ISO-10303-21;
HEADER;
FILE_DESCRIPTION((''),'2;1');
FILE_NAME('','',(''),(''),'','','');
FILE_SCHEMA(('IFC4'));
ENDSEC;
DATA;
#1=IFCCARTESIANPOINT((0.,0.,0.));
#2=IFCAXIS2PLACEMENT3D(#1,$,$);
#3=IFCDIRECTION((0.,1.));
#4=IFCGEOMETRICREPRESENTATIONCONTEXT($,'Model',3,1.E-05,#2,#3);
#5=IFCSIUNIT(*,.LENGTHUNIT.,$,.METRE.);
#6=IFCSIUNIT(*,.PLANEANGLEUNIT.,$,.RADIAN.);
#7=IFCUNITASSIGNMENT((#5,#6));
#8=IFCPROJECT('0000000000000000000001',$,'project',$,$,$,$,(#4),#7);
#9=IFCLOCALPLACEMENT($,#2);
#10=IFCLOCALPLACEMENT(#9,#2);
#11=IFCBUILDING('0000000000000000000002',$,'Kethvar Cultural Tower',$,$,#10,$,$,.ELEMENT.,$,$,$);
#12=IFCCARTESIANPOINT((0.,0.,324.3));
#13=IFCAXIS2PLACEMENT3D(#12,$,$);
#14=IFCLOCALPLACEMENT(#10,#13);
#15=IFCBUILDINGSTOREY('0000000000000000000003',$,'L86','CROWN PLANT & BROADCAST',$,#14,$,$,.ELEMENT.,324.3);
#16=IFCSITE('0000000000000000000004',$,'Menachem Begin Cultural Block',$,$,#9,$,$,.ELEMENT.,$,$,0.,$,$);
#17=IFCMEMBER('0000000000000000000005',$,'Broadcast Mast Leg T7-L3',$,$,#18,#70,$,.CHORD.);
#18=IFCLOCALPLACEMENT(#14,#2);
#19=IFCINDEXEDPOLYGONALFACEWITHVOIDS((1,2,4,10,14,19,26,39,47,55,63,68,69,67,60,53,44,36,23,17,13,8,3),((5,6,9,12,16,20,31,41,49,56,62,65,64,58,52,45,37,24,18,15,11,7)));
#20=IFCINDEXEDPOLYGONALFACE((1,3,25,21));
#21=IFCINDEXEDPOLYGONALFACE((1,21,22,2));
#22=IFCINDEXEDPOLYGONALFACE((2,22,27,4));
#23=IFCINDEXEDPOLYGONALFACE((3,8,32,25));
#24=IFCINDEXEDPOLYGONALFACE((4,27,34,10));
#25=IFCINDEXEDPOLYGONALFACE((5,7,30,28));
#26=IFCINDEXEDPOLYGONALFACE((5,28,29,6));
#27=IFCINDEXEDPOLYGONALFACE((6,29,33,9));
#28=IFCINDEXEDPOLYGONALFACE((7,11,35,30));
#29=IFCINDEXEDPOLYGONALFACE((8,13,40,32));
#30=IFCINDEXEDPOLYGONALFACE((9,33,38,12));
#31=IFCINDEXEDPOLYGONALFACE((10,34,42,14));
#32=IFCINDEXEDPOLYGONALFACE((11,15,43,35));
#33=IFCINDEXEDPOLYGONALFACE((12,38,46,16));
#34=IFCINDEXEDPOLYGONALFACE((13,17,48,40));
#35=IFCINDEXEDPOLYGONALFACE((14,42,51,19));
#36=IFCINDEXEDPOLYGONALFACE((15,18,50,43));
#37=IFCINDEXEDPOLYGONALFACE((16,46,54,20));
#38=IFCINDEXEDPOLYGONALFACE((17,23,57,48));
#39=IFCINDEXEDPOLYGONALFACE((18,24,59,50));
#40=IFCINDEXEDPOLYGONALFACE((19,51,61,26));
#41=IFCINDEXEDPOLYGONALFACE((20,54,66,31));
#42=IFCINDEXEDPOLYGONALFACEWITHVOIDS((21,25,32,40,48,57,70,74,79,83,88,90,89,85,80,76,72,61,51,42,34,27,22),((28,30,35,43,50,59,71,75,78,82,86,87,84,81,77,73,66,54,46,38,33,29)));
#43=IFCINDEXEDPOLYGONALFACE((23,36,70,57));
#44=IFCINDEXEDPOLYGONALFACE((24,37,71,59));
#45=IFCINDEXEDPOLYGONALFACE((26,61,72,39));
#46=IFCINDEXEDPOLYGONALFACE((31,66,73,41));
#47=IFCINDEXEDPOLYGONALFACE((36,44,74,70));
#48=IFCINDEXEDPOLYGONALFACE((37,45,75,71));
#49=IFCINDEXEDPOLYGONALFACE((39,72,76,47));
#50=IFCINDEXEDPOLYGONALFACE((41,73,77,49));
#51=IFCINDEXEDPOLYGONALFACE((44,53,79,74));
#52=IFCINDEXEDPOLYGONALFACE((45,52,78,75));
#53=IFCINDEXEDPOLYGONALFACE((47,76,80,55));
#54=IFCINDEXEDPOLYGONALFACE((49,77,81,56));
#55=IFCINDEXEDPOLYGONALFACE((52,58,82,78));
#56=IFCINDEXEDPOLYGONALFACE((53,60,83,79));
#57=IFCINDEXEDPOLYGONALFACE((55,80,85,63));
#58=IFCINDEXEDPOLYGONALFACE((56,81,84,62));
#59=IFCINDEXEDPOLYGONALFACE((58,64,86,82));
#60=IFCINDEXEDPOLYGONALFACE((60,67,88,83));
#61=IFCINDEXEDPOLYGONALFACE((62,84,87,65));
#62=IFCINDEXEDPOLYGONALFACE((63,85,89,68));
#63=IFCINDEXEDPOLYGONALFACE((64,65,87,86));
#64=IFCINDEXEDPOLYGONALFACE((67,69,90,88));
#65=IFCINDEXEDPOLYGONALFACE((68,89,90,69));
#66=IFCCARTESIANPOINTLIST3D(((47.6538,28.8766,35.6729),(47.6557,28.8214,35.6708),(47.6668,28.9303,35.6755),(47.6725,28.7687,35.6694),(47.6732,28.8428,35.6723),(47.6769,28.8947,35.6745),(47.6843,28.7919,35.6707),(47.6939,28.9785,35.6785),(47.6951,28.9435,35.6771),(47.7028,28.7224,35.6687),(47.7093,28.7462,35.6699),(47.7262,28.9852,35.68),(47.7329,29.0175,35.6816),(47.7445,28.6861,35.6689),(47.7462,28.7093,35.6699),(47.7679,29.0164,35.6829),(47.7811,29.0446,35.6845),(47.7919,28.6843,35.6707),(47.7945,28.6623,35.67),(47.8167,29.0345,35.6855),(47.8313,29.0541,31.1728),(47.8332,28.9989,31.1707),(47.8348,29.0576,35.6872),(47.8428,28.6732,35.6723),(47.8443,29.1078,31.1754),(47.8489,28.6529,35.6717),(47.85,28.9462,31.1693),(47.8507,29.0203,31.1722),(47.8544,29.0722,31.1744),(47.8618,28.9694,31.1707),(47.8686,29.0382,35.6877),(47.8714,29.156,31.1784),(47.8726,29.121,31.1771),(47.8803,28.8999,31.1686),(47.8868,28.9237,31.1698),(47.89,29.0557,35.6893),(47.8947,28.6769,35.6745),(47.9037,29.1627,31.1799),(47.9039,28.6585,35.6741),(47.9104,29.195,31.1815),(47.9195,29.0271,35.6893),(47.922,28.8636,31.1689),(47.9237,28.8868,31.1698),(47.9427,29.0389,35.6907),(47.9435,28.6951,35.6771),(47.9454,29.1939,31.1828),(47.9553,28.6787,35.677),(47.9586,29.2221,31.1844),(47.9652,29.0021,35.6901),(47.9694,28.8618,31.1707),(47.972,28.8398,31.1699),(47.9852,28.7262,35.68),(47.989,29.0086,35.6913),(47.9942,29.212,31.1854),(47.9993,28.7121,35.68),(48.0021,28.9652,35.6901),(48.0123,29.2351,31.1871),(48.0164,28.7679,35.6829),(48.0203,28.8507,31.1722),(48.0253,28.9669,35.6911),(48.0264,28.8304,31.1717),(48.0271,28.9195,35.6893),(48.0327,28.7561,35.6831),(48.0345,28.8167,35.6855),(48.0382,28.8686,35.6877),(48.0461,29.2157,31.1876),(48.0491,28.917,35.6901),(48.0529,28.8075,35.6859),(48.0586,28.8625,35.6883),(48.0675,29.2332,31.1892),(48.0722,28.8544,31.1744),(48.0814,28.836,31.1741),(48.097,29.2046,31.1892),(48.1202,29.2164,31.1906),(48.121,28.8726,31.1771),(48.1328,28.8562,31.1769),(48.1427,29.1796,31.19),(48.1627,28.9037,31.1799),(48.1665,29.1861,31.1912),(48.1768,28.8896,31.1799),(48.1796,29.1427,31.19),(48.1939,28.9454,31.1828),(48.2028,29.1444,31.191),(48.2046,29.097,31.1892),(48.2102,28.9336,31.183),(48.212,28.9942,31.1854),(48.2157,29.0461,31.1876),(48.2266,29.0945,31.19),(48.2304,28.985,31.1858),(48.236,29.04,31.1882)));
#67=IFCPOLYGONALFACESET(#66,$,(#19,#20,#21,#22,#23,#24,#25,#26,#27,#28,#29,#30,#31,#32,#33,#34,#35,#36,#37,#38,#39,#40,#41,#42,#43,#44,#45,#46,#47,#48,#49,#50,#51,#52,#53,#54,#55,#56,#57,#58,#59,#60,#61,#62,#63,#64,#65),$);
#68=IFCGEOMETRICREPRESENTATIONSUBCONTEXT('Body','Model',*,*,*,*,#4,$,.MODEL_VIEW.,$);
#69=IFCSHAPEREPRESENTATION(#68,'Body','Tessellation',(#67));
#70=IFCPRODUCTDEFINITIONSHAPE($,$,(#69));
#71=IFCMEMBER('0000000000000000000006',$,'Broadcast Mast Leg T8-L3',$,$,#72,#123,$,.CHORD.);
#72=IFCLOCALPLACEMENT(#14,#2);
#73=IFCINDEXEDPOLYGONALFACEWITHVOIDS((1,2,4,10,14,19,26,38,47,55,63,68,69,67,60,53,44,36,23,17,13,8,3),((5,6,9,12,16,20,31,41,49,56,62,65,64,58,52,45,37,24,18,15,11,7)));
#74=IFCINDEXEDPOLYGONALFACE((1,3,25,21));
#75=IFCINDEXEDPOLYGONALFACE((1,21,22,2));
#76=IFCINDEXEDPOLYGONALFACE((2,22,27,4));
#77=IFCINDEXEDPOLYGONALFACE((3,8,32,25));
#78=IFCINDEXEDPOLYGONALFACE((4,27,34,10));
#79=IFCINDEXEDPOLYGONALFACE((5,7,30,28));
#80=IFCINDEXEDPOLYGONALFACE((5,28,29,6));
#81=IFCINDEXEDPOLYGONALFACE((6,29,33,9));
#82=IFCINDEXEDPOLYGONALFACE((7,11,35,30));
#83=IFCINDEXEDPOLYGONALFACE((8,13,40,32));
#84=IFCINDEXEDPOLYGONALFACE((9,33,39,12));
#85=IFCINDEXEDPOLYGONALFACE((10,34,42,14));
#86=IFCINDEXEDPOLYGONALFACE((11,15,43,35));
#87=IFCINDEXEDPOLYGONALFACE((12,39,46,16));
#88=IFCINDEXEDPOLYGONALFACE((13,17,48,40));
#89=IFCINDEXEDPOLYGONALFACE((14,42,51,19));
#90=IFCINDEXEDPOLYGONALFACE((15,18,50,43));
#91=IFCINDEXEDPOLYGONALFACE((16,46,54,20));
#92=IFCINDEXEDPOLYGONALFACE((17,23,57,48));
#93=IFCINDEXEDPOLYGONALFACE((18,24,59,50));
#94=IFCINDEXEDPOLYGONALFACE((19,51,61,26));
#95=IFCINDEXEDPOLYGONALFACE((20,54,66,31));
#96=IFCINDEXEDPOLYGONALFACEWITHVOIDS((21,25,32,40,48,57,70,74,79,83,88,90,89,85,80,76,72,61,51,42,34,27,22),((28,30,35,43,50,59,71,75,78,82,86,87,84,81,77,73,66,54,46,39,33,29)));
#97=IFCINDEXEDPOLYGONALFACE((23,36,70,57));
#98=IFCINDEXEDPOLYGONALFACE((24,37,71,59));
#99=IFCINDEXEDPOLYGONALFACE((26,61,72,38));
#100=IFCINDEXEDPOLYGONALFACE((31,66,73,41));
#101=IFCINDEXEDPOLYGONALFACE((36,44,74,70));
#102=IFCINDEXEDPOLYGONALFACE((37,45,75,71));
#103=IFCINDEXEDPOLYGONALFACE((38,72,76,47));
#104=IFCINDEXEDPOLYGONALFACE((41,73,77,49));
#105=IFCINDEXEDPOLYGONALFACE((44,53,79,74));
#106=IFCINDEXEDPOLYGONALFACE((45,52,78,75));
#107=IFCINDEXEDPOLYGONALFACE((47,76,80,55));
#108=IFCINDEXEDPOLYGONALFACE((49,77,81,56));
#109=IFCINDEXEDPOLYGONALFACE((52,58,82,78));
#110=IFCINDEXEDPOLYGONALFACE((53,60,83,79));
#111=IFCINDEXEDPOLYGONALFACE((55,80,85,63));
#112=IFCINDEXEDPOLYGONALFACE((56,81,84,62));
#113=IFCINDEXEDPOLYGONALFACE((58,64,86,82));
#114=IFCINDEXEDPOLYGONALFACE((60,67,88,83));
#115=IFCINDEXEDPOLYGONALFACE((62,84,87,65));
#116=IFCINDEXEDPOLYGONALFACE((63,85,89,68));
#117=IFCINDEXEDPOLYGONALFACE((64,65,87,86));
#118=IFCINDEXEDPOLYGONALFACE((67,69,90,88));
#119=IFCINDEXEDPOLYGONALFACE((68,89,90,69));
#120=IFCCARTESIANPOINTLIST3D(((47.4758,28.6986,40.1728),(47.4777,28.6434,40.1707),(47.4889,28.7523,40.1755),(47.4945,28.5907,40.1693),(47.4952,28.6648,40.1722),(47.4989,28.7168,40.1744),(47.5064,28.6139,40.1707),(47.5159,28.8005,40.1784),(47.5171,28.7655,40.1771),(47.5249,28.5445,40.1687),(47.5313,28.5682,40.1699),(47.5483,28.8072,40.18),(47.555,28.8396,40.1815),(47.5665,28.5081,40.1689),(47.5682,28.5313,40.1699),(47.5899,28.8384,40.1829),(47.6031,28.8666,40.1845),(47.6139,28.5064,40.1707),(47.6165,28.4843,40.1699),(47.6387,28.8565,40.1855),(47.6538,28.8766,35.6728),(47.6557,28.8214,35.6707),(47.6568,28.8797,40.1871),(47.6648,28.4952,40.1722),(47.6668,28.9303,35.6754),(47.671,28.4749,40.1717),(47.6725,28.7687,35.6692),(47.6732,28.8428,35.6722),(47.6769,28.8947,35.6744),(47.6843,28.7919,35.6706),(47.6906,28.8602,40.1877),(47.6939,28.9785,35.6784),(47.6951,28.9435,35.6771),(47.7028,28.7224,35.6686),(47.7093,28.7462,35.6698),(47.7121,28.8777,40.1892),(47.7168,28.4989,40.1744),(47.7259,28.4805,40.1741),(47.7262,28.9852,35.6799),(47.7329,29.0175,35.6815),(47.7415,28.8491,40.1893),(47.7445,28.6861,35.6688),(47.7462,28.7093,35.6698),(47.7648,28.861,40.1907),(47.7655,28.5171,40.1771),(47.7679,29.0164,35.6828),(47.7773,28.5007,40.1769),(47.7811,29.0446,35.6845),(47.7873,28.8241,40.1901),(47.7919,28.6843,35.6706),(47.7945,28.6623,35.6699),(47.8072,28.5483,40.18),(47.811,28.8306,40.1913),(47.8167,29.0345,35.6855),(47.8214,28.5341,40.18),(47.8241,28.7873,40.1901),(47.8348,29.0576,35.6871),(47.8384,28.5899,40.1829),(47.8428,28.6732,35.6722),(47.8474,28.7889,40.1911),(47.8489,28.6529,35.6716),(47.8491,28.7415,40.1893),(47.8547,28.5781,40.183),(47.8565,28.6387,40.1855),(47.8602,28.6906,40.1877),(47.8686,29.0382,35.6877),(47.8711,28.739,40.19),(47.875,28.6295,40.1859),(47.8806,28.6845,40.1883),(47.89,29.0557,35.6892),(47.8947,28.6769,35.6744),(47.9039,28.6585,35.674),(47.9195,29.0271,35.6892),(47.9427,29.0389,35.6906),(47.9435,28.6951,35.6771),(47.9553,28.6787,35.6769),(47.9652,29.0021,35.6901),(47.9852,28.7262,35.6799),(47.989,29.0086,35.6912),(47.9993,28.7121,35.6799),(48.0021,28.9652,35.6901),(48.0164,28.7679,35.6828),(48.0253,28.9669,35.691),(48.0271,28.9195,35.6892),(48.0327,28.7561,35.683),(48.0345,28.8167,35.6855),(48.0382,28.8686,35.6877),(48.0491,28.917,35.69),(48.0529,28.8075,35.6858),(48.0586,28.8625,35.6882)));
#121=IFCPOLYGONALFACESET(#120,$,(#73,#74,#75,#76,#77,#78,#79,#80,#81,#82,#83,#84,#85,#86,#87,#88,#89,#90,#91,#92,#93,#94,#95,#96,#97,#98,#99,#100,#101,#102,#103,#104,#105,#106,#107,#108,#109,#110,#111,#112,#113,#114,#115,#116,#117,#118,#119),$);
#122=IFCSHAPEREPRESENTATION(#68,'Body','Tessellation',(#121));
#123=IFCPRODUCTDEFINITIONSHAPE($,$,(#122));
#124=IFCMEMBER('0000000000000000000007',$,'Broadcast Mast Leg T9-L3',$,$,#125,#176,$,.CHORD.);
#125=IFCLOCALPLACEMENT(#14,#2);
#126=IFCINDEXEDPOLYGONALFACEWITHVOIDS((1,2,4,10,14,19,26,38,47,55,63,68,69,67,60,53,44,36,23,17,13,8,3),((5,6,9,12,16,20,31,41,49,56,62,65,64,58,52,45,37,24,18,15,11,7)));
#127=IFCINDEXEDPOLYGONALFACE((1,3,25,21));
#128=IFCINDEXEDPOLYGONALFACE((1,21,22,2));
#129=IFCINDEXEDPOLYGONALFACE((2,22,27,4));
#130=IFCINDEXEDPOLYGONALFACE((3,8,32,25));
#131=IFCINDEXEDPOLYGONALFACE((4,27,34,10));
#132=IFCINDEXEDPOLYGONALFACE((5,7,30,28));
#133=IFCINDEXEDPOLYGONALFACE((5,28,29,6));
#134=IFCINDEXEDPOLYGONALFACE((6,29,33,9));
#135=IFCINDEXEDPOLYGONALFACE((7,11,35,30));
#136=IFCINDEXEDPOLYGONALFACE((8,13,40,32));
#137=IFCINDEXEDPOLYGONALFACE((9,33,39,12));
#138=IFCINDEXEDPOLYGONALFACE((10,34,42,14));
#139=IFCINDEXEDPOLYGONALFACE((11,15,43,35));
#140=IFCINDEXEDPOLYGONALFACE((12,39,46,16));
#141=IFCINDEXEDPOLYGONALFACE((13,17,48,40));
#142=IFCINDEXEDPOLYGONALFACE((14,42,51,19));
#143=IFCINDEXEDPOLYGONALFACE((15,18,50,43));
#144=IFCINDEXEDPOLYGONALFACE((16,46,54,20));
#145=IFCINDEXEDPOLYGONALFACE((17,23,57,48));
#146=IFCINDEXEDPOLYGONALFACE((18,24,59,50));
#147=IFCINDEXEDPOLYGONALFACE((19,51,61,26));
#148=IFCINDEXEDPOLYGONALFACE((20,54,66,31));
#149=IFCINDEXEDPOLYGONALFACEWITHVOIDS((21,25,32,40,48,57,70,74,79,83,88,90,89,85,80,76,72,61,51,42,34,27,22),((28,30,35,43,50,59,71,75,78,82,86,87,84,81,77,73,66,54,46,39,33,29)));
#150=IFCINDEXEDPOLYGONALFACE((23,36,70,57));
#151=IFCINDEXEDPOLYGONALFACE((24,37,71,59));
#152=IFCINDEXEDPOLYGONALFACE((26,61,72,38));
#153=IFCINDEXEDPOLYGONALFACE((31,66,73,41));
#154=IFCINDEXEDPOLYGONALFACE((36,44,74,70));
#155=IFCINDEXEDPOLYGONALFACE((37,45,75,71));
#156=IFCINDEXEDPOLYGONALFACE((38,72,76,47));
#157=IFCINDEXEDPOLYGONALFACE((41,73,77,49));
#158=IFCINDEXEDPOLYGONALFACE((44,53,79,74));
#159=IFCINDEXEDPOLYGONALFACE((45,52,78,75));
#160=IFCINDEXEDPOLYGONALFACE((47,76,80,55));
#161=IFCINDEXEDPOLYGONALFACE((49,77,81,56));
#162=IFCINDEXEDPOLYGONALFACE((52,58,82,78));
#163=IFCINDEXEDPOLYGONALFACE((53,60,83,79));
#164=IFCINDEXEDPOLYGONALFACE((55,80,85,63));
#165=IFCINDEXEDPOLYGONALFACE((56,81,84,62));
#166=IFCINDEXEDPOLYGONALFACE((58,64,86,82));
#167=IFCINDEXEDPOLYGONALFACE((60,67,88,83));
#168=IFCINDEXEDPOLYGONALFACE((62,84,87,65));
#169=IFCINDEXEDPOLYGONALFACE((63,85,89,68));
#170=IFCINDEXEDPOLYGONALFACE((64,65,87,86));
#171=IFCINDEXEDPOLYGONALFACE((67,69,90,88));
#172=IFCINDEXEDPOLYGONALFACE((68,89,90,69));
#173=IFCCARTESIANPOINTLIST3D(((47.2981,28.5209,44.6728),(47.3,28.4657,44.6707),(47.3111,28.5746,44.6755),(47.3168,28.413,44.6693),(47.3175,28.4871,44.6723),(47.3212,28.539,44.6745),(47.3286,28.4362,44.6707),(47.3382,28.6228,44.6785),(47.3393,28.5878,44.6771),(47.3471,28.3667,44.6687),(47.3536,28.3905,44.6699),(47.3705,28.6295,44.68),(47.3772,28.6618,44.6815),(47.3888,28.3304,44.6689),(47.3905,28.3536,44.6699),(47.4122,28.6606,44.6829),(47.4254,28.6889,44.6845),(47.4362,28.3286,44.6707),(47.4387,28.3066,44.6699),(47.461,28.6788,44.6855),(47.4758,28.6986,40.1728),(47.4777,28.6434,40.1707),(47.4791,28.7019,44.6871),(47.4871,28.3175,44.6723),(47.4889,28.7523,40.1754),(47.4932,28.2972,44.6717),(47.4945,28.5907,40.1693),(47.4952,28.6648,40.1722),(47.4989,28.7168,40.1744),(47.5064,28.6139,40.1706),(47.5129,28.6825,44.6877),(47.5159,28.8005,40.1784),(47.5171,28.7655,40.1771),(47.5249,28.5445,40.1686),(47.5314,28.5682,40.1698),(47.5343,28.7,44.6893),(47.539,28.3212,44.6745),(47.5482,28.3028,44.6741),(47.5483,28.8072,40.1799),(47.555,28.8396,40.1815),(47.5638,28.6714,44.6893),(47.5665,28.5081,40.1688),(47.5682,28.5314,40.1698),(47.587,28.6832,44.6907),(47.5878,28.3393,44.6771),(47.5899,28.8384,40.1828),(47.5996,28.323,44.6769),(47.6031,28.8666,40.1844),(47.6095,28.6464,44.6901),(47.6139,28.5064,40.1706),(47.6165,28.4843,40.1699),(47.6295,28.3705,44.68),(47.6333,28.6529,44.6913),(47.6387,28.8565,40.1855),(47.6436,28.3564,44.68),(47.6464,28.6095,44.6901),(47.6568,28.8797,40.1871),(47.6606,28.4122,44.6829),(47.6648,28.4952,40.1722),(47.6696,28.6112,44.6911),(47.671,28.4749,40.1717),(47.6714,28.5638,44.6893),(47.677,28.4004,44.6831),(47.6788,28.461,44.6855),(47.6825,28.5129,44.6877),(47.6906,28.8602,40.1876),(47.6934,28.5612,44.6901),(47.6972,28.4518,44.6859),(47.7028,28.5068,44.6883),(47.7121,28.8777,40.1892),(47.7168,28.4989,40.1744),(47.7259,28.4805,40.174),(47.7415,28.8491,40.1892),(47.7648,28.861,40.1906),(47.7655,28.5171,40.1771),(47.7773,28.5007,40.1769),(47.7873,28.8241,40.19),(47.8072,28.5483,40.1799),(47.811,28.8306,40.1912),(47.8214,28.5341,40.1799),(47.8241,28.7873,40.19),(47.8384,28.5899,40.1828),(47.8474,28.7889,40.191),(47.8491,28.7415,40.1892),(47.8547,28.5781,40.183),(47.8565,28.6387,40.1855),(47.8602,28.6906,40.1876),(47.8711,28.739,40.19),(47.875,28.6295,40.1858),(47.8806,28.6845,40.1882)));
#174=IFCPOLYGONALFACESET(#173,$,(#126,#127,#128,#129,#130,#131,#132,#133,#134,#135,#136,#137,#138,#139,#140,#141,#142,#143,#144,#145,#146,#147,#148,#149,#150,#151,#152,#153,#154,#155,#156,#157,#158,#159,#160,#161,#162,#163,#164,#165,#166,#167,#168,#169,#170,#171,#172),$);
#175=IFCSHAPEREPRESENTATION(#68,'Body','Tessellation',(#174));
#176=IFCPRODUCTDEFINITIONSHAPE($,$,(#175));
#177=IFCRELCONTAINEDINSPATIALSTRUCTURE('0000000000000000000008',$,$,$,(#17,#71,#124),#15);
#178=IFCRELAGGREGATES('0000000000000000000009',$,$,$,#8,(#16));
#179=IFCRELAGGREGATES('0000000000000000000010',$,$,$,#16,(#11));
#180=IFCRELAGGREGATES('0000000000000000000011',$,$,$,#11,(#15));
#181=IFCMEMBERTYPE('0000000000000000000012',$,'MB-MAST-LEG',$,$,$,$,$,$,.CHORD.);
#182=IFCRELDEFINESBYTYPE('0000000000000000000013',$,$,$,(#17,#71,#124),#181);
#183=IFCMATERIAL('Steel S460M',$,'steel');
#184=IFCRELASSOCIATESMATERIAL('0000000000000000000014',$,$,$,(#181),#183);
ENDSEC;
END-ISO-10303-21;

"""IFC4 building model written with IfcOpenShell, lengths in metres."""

from ifc_helpers import new_model, si_unit, direction, frame, origin, origin_2d, place, context, subcontext, project, spatial, hollow_circle, extrude, source, transform, mapped, material, material_profile, profile_set, type_object, element, save


model = new_model("IFC4")

# Units and contexts
model_context = context("Model", 3, precision=1e-05, world=origin(), true_north=direction((0.0, 1.0)))
body_context = subcontext(model_context, "Body", "Model", "MODEL_VIEW")
ifc_project = project(units=[si_unit("LENGTHUNIT", "METRE"), si_unit("PLANEANGLEUNIT", "RADIAN")], contexts=[model_context])

# Site, building, storey
site_placement = place(None, origin())
site = spatial("IfcSite", under=ifc_project, at=site_placement, Name="Menachem Begin Cultural Block", CompositionType="ELEMENT", RefElevation=0.0)
building_placement = place(site_placement, origin())
building = spatial("IfcBuilding", under=site, at=building_placement, Name="Kethvar Cultural Tower", CompositionType="ELEMENT")
storey_placement = place(building_placement, frame((0.0, 0.0, 324.3)))
storey = spatial("IfcBuildingStorey", under=building, at=storey_placement, Name="L86", Description="CROWN PLANT & BROADCAST", CompositionType="ELEMENT", Elevation=324.3)

# Members
ifc_material_1 = material(Name="Steel S460M", Category="steel")
ifc_material_profile_1 = material_profile(ifc_material_1, hollow_circle(Radius=0.2031, WallThickness=0.02, at=origin_2d()), Name="Steel S460M — CHS406x20")
ifc_profile_set_1 = profile_set([ifc_material_profile_1], Name="Steel S460M — CHS406x20")
member_type_1 = type_object("IfcMemberType", Name="MB-MAST-LEG", PredefinedType="CHORD", material=ifc_profile_set_1)
shared_shape_1 = source(origin(), body_context, "Body", "SweptSolid", [
    extrude(hollow_circle(Radius=0.2031, WallThickness=0.02, at=origin_2d()), origin(), (0.0, 0.0, 1.0), 4.5071),
])
for number, where, z_axis, x_axis, name in (
    (1, (48.0332, 29.0332, 31.1799), (-0.039381, -0.039381, 0.998448), (0.707107, -0.707107, 0.0), "Broadcast Mast Leg T7-L3"),
    (2, (47.8557, 28.8557, 35.6799), (-0.039489, -0.039489, 0.998439), (0.707107, -0.707107, 0.0), "Broadcast Mast Leg T8-L3"),
    (3, (47.6777, 28.6777, 40.1799), (-0.039435, -0.039435, 0.998444), (0.707107, -0.707107, 0.0), "Broadcast Mast Leg T9-L3"),
):
    element("IfcMember", number, at=place(storey_placement, frame(where, z_axis=z_axis, x_axis=x_axis)), inside=storey, type_object=member_type_1, Name=name, PredefinedType="CHORD", context=body_context, shape_type="MappedRepresentation", body=[
        mapped(shared_shape_1, transform((0.0, 0.0, 0.0), scale=1.0)),
    ])

save(model, "model.ifc")
